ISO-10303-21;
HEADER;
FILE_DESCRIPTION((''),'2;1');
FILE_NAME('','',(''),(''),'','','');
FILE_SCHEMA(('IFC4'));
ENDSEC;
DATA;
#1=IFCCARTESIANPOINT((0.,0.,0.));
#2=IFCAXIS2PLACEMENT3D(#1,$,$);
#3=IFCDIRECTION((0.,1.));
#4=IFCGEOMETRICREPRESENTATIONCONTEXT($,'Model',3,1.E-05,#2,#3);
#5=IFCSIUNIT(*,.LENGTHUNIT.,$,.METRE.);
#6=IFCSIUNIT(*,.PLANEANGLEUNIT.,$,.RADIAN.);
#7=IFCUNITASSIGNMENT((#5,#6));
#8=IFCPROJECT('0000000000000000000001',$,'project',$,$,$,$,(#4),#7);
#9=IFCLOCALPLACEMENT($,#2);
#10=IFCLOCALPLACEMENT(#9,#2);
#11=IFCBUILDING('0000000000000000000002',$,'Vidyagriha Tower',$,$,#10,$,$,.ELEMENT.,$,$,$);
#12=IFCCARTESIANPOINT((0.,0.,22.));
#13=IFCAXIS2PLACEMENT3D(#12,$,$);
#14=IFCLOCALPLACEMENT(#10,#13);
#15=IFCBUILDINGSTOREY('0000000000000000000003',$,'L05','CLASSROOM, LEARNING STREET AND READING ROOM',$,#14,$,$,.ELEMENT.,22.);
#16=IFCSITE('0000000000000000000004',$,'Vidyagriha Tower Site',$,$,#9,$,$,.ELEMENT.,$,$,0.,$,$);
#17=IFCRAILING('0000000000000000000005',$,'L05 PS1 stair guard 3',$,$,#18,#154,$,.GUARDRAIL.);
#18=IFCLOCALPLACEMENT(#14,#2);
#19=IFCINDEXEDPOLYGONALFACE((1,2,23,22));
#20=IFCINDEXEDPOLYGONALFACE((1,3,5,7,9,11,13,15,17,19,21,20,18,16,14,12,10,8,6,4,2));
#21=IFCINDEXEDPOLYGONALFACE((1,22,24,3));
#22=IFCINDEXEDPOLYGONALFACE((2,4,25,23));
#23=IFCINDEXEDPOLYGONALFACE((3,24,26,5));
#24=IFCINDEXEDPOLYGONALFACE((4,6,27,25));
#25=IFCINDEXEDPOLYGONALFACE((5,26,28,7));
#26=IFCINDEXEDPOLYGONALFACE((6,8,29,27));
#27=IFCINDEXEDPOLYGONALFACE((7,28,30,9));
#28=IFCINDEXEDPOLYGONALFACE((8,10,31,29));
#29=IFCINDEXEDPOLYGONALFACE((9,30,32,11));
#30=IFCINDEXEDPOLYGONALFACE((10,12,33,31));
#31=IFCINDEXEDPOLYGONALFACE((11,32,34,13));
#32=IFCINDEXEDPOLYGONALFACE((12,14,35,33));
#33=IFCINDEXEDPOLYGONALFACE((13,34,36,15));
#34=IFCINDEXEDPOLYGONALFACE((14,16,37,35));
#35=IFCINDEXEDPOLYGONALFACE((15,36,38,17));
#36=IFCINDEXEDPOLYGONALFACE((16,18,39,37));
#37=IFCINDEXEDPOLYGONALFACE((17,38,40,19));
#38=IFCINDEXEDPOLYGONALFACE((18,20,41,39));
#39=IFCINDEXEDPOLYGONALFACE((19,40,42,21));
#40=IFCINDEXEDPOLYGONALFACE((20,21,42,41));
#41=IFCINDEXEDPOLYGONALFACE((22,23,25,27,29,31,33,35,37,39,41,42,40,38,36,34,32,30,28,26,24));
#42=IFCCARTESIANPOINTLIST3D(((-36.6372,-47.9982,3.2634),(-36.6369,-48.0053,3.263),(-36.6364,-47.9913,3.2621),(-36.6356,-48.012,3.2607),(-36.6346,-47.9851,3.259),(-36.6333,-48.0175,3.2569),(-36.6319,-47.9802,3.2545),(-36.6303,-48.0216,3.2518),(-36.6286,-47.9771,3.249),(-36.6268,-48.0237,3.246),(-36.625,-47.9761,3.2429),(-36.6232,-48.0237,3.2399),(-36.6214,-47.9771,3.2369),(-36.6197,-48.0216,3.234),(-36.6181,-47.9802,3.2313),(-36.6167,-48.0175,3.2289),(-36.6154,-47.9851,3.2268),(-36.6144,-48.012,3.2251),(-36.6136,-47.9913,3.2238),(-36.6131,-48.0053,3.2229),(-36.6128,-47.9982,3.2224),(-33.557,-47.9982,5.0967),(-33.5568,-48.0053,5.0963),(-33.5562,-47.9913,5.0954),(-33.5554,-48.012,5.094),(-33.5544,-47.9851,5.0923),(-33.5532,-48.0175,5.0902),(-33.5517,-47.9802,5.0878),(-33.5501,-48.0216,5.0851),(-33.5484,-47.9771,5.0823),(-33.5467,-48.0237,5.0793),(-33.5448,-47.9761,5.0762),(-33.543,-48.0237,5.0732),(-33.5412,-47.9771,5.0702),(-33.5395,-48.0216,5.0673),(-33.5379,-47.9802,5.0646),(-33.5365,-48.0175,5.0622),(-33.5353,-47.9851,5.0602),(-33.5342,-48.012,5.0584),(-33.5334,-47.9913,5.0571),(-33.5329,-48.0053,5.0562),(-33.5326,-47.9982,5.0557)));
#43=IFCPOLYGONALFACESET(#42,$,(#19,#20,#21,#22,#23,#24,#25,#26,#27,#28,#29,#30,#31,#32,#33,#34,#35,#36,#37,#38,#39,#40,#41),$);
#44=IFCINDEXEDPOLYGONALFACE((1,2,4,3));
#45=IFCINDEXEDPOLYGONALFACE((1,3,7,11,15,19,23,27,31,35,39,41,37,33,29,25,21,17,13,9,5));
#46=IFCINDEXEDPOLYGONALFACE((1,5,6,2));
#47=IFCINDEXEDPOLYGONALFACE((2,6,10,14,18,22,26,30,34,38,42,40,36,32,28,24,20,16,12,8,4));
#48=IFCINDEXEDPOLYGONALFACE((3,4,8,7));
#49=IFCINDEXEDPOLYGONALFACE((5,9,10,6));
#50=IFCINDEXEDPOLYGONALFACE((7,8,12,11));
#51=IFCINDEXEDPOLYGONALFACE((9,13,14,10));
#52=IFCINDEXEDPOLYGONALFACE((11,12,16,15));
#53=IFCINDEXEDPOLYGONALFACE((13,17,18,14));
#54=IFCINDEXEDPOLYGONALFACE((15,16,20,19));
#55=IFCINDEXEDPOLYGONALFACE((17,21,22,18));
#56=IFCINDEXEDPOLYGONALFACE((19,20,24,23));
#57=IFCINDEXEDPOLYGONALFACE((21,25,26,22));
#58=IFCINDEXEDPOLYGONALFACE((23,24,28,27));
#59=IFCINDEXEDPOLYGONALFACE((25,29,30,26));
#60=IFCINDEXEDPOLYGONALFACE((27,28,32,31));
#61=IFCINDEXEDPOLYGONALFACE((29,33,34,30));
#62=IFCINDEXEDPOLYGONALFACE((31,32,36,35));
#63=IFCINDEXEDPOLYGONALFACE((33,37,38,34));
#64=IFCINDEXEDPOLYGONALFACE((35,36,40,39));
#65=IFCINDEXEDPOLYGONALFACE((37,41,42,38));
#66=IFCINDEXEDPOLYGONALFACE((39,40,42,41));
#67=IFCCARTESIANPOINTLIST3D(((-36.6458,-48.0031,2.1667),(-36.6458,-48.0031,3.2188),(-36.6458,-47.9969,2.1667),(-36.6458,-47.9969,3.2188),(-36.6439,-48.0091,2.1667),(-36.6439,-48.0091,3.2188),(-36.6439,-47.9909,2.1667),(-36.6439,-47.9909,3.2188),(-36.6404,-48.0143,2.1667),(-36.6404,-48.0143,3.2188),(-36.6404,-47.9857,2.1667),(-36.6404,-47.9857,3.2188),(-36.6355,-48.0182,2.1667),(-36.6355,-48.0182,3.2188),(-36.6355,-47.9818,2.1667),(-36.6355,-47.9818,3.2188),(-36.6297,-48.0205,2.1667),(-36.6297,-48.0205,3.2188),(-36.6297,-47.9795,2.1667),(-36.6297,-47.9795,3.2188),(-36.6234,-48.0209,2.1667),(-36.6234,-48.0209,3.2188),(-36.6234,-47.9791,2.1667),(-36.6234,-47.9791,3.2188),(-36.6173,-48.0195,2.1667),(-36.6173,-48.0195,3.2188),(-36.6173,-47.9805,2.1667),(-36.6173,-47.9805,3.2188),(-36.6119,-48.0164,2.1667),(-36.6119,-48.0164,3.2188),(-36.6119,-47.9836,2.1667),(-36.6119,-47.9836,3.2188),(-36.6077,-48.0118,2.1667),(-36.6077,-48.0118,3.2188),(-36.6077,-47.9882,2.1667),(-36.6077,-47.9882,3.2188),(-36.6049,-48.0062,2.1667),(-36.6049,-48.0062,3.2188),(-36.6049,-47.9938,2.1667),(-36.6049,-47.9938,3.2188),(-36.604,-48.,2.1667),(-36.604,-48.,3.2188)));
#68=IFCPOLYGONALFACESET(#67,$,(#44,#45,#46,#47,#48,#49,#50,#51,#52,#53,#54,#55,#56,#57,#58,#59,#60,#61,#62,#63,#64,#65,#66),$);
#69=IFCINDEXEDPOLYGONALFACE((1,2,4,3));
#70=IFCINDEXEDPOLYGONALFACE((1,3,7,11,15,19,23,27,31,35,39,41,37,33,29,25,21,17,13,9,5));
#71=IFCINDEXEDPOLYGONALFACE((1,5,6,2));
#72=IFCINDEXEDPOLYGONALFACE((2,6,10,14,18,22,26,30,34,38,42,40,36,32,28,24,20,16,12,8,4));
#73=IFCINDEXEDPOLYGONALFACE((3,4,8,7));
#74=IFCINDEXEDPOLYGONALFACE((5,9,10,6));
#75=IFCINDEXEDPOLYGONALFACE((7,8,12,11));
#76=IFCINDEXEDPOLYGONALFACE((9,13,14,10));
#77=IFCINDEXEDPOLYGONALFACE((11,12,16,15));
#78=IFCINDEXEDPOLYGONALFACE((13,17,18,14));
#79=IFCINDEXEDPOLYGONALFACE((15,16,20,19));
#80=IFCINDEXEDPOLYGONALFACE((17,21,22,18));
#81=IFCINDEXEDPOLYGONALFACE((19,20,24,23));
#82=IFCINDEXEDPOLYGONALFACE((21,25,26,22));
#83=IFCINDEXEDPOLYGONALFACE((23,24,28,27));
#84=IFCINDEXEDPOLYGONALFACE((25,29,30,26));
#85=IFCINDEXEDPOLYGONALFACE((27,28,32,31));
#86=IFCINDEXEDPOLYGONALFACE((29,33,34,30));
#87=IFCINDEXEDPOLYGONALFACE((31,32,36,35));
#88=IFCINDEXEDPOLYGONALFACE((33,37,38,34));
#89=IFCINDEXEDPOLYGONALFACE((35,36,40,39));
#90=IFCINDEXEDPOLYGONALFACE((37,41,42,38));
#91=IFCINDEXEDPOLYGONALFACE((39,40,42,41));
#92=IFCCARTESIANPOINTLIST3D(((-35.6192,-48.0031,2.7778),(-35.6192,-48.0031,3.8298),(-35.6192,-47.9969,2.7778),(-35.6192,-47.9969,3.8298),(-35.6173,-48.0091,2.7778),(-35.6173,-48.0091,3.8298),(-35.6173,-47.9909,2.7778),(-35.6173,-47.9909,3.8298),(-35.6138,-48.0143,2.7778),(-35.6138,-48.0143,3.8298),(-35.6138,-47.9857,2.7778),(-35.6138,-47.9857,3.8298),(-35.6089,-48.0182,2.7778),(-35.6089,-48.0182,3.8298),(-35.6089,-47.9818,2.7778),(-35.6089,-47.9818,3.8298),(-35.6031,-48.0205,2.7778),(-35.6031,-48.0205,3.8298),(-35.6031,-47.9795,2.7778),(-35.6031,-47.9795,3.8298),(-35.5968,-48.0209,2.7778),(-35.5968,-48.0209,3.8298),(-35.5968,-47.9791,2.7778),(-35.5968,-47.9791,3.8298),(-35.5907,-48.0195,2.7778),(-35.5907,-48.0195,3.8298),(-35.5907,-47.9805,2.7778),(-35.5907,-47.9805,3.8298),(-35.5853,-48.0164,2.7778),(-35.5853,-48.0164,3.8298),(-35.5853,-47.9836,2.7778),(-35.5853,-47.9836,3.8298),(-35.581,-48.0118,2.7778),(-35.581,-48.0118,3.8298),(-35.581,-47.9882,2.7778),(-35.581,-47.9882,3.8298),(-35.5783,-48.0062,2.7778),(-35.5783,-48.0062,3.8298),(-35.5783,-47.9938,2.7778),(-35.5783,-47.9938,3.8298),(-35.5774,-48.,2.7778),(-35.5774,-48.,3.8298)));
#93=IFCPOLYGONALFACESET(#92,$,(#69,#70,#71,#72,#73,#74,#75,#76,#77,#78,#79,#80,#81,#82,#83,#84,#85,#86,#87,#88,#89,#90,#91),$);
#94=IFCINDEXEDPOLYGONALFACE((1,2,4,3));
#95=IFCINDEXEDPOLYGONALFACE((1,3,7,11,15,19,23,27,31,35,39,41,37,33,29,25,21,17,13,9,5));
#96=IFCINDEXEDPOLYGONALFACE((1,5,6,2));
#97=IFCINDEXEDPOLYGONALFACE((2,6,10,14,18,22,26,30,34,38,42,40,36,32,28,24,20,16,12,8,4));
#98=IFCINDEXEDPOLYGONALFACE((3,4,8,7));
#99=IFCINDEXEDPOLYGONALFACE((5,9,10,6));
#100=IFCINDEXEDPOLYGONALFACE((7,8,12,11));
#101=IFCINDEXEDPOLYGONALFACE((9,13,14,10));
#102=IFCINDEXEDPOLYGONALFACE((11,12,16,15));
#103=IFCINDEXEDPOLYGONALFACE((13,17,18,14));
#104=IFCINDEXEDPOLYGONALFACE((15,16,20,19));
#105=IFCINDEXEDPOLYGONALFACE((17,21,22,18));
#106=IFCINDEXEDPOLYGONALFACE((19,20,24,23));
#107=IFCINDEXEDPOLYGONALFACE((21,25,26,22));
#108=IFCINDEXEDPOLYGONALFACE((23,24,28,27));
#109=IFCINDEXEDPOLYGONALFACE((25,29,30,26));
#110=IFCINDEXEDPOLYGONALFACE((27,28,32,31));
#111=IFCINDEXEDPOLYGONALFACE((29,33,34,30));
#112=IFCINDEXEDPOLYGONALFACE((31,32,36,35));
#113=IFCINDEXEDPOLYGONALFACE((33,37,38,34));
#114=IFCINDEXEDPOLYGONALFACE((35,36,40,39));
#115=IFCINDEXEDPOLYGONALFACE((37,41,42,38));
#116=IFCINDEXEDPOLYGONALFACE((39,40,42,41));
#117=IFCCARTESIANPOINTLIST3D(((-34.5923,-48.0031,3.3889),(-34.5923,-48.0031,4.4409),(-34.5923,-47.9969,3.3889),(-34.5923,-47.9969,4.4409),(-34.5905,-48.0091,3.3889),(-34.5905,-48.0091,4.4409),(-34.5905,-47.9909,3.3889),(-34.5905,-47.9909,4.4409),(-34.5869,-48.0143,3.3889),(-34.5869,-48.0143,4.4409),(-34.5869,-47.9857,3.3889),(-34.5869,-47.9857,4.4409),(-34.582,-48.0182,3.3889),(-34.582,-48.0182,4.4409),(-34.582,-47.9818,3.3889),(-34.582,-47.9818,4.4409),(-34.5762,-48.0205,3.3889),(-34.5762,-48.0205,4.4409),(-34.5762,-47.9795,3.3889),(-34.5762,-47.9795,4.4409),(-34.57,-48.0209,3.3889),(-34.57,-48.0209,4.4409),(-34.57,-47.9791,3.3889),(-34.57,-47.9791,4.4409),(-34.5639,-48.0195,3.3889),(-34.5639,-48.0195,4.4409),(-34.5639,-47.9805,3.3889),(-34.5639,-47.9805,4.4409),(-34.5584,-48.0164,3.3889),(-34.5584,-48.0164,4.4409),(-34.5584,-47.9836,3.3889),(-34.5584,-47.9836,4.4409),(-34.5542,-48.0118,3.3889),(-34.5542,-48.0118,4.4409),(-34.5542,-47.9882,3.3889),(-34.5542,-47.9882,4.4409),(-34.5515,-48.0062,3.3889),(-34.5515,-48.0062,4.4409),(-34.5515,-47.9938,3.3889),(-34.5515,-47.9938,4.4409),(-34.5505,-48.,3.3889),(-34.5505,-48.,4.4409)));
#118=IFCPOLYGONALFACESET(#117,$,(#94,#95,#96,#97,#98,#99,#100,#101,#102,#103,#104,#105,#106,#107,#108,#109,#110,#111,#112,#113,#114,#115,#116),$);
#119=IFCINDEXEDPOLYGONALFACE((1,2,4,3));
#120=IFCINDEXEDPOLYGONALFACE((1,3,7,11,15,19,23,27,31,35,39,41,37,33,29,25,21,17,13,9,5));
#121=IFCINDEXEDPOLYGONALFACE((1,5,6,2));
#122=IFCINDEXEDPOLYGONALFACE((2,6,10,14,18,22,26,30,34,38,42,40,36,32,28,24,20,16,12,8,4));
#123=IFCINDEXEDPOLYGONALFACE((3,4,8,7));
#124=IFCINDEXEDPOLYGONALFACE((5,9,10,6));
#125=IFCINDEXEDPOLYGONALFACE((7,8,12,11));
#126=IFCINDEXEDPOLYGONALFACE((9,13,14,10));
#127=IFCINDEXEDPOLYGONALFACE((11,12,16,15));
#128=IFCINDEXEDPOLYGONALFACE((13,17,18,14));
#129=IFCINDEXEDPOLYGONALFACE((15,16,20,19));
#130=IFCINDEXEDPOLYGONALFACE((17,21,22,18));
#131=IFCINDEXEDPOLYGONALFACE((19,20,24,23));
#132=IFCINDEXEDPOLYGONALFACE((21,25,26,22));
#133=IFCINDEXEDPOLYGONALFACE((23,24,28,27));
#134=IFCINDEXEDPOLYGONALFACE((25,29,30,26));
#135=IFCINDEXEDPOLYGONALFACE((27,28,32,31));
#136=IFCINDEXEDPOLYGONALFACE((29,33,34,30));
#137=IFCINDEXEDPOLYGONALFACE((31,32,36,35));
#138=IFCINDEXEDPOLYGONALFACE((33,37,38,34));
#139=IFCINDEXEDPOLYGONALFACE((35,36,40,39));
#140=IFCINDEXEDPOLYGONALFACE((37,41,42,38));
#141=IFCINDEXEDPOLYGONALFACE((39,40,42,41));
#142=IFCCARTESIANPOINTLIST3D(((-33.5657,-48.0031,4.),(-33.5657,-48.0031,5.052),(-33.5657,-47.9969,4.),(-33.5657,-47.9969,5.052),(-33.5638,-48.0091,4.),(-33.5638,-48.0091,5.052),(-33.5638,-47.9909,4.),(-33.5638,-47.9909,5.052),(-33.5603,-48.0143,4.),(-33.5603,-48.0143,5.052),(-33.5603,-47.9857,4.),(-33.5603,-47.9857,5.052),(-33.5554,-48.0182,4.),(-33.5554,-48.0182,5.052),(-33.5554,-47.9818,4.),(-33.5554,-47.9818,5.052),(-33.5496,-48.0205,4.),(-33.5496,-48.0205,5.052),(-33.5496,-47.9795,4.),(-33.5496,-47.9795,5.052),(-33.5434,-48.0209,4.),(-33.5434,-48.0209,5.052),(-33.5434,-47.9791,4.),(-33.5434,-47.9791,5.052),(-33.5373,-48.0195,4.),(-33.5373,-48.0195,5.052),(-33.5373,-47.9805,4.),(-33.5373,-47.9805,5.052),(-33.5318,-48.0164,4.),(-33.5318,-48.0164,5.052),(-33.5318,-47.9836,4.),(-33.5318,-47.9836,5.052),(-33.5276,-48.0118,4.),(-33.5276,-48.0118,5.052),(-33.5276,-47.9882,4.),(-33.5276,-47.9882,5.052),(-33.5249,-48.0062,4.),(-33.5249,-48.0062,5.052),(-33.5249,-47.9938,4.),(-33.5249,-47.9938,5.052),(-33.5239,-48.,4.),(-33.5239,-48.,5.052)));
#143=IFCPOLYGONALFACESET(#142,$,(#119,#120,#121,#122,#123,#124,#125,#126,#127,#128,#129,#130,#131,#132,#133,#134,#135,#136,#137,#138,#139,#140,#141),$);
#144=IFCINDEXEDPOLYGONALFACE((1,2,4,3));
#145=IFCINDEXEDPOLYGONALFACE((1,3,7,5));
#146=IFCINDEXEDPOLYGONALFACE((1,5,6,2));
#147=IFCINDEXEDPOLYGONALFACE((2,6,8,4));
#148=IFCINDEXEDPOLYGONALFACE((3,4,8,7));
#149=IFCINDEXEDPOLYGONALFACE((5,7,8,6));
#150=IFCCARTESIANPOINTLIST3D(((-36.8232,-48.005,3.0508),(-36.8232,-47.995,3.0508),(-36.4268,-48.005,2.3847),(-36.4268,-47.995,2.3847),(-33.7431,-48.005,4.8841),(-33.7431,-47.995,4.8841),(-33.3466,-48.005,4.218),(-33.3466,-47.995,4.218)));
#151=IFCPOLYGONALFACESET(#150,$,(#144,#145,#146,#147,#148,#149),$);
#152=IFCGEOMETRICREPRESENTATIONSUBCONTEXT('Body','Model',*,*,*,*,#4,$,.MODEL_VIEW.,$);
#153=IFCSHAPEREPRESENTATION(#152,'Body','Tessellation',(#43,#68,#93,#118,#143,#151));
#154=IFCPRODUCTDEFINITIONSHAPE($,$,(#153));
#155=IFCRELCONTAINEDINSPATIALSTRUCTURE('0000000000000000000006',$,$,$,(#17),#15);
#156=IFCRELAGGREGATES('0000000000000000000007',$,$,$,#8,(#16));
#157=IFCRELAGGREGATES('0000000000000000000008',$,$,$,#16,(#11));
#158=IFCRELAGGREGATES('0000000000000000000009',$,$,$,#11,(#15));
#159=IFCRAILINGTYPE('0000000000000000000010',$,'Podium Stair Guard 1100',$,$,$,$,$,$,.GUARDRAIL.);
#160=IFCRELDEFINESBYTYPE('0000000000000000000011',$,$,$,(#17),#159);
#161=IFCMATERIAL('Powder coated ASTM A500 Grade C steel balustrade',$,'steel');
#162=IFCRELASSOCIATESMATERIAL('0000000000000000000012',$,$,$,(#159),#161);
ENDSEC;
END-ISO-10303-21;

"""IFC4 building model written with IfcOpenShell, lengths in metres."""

from ifc_helpers import new_model, si_unit, direction, frame, origin, origin_2d, place, context, subcontext, project, spatial, rectangle, circle, extrude, material, type_object, element, save


model = new_model("IFC4")

# Units and contexts
model_context = context("Model", 3, precision=1e-05, world=origin(), true_north=direction((0.0, 1.0)))
body_context = subcontext(model_context, "Body", "Model", "MODEL_VIEW")
ifc_project = project(units=[si_unit("LENGTHUNIT", "METRE"), si_unit("PLANEANGLEUNIT", "RADIAN")], contexts=[model_context])

# Site, building, storey
site_placement = place(None, origin())
site = spatial("IfcSite", under=ifc_project, at=site_placement, Name="Vidyagriha Tower Site", CompositionType="ELEMENT", RefElevation=0.0)
building_placement = place(site_placement, origin())
building = spatial("IfcBuilding", under=site, at=building_placement, Name="Vidyagriha Tower", CompositionType="ELEMENT")
storey_placement = place(building_placement, frame((0.0, 0.0, 22.0)))
storey = spatial("IfcBuildingStorey", under=building, at=storey_placement, Name="L05", Description="CLASSROOM, LEARNING STREET AND READING ROOM", CompositionType="ELEMENT", Elevation=22.0)

# Railing
ifc_material_1 = material(Name="Powder coated ASTM A500 Grade C steel balustrade", Category="steel")
railing_type_1 = type_object("IfcRailingType", Name="Podium Stair Guard 1100", PredefinedType="GUARDRAIL", material=ifc_material_1)
railing_1_placement = place(storey_placement, frame((-36.625, -48.0, 2.1667)))
element("IfcRailing", 1, at=railing_1_placement, inside=storey, type_object=railing_type_1, Name="L05 PS1 stair guard 3", PredefinedType="GUARDRAIL", context=body_context, shape_type="SweptSolid", body=[
    extrude(circle(Radius=0.0239, at=origin_2d()), frame((0.0, 0.0, 1.0762), z_axis=(0.859309, 0.0, 0.511458), x_axis=(0.0, 1.0, 0.0)), (0.0, 0.0, 1.0), 3.5845),
    extrude(circle(Radius=0.021, at=origin_2d()), origin(), (0.0, 0.0, 1.0), 1.052),
    extrude(circle(Radius=0.021, at=origin_2d()), frame((1.0266, 0.0, 0.6111)), (0.0, 0.0, 1.0), 1.052),
    extrude(circle(Radius=0.021, at=origin_2d()), frame((2.0535, 0.0, 1.2222)), (0.0, 0.0, 1.0), 1.052),
    extrude(circle(Radius=0.021, at=origin_2d()), frame((3.0801, 0.0, 1.8333)), (0.0, 0.0, 1.0), 1.052),
    extrude(rectangle(XDim=0.01, YDim=0.7751, at=origin_2d()), frame((0.0, 0.0, 0.551), z_axis=(0.859309, 0.0, 0.511458), x_axis=(0.0, 1.0, 0.0)), (0.0, 0.0, 1.0), 3.5845),
])

save(model, "model.ifc")
